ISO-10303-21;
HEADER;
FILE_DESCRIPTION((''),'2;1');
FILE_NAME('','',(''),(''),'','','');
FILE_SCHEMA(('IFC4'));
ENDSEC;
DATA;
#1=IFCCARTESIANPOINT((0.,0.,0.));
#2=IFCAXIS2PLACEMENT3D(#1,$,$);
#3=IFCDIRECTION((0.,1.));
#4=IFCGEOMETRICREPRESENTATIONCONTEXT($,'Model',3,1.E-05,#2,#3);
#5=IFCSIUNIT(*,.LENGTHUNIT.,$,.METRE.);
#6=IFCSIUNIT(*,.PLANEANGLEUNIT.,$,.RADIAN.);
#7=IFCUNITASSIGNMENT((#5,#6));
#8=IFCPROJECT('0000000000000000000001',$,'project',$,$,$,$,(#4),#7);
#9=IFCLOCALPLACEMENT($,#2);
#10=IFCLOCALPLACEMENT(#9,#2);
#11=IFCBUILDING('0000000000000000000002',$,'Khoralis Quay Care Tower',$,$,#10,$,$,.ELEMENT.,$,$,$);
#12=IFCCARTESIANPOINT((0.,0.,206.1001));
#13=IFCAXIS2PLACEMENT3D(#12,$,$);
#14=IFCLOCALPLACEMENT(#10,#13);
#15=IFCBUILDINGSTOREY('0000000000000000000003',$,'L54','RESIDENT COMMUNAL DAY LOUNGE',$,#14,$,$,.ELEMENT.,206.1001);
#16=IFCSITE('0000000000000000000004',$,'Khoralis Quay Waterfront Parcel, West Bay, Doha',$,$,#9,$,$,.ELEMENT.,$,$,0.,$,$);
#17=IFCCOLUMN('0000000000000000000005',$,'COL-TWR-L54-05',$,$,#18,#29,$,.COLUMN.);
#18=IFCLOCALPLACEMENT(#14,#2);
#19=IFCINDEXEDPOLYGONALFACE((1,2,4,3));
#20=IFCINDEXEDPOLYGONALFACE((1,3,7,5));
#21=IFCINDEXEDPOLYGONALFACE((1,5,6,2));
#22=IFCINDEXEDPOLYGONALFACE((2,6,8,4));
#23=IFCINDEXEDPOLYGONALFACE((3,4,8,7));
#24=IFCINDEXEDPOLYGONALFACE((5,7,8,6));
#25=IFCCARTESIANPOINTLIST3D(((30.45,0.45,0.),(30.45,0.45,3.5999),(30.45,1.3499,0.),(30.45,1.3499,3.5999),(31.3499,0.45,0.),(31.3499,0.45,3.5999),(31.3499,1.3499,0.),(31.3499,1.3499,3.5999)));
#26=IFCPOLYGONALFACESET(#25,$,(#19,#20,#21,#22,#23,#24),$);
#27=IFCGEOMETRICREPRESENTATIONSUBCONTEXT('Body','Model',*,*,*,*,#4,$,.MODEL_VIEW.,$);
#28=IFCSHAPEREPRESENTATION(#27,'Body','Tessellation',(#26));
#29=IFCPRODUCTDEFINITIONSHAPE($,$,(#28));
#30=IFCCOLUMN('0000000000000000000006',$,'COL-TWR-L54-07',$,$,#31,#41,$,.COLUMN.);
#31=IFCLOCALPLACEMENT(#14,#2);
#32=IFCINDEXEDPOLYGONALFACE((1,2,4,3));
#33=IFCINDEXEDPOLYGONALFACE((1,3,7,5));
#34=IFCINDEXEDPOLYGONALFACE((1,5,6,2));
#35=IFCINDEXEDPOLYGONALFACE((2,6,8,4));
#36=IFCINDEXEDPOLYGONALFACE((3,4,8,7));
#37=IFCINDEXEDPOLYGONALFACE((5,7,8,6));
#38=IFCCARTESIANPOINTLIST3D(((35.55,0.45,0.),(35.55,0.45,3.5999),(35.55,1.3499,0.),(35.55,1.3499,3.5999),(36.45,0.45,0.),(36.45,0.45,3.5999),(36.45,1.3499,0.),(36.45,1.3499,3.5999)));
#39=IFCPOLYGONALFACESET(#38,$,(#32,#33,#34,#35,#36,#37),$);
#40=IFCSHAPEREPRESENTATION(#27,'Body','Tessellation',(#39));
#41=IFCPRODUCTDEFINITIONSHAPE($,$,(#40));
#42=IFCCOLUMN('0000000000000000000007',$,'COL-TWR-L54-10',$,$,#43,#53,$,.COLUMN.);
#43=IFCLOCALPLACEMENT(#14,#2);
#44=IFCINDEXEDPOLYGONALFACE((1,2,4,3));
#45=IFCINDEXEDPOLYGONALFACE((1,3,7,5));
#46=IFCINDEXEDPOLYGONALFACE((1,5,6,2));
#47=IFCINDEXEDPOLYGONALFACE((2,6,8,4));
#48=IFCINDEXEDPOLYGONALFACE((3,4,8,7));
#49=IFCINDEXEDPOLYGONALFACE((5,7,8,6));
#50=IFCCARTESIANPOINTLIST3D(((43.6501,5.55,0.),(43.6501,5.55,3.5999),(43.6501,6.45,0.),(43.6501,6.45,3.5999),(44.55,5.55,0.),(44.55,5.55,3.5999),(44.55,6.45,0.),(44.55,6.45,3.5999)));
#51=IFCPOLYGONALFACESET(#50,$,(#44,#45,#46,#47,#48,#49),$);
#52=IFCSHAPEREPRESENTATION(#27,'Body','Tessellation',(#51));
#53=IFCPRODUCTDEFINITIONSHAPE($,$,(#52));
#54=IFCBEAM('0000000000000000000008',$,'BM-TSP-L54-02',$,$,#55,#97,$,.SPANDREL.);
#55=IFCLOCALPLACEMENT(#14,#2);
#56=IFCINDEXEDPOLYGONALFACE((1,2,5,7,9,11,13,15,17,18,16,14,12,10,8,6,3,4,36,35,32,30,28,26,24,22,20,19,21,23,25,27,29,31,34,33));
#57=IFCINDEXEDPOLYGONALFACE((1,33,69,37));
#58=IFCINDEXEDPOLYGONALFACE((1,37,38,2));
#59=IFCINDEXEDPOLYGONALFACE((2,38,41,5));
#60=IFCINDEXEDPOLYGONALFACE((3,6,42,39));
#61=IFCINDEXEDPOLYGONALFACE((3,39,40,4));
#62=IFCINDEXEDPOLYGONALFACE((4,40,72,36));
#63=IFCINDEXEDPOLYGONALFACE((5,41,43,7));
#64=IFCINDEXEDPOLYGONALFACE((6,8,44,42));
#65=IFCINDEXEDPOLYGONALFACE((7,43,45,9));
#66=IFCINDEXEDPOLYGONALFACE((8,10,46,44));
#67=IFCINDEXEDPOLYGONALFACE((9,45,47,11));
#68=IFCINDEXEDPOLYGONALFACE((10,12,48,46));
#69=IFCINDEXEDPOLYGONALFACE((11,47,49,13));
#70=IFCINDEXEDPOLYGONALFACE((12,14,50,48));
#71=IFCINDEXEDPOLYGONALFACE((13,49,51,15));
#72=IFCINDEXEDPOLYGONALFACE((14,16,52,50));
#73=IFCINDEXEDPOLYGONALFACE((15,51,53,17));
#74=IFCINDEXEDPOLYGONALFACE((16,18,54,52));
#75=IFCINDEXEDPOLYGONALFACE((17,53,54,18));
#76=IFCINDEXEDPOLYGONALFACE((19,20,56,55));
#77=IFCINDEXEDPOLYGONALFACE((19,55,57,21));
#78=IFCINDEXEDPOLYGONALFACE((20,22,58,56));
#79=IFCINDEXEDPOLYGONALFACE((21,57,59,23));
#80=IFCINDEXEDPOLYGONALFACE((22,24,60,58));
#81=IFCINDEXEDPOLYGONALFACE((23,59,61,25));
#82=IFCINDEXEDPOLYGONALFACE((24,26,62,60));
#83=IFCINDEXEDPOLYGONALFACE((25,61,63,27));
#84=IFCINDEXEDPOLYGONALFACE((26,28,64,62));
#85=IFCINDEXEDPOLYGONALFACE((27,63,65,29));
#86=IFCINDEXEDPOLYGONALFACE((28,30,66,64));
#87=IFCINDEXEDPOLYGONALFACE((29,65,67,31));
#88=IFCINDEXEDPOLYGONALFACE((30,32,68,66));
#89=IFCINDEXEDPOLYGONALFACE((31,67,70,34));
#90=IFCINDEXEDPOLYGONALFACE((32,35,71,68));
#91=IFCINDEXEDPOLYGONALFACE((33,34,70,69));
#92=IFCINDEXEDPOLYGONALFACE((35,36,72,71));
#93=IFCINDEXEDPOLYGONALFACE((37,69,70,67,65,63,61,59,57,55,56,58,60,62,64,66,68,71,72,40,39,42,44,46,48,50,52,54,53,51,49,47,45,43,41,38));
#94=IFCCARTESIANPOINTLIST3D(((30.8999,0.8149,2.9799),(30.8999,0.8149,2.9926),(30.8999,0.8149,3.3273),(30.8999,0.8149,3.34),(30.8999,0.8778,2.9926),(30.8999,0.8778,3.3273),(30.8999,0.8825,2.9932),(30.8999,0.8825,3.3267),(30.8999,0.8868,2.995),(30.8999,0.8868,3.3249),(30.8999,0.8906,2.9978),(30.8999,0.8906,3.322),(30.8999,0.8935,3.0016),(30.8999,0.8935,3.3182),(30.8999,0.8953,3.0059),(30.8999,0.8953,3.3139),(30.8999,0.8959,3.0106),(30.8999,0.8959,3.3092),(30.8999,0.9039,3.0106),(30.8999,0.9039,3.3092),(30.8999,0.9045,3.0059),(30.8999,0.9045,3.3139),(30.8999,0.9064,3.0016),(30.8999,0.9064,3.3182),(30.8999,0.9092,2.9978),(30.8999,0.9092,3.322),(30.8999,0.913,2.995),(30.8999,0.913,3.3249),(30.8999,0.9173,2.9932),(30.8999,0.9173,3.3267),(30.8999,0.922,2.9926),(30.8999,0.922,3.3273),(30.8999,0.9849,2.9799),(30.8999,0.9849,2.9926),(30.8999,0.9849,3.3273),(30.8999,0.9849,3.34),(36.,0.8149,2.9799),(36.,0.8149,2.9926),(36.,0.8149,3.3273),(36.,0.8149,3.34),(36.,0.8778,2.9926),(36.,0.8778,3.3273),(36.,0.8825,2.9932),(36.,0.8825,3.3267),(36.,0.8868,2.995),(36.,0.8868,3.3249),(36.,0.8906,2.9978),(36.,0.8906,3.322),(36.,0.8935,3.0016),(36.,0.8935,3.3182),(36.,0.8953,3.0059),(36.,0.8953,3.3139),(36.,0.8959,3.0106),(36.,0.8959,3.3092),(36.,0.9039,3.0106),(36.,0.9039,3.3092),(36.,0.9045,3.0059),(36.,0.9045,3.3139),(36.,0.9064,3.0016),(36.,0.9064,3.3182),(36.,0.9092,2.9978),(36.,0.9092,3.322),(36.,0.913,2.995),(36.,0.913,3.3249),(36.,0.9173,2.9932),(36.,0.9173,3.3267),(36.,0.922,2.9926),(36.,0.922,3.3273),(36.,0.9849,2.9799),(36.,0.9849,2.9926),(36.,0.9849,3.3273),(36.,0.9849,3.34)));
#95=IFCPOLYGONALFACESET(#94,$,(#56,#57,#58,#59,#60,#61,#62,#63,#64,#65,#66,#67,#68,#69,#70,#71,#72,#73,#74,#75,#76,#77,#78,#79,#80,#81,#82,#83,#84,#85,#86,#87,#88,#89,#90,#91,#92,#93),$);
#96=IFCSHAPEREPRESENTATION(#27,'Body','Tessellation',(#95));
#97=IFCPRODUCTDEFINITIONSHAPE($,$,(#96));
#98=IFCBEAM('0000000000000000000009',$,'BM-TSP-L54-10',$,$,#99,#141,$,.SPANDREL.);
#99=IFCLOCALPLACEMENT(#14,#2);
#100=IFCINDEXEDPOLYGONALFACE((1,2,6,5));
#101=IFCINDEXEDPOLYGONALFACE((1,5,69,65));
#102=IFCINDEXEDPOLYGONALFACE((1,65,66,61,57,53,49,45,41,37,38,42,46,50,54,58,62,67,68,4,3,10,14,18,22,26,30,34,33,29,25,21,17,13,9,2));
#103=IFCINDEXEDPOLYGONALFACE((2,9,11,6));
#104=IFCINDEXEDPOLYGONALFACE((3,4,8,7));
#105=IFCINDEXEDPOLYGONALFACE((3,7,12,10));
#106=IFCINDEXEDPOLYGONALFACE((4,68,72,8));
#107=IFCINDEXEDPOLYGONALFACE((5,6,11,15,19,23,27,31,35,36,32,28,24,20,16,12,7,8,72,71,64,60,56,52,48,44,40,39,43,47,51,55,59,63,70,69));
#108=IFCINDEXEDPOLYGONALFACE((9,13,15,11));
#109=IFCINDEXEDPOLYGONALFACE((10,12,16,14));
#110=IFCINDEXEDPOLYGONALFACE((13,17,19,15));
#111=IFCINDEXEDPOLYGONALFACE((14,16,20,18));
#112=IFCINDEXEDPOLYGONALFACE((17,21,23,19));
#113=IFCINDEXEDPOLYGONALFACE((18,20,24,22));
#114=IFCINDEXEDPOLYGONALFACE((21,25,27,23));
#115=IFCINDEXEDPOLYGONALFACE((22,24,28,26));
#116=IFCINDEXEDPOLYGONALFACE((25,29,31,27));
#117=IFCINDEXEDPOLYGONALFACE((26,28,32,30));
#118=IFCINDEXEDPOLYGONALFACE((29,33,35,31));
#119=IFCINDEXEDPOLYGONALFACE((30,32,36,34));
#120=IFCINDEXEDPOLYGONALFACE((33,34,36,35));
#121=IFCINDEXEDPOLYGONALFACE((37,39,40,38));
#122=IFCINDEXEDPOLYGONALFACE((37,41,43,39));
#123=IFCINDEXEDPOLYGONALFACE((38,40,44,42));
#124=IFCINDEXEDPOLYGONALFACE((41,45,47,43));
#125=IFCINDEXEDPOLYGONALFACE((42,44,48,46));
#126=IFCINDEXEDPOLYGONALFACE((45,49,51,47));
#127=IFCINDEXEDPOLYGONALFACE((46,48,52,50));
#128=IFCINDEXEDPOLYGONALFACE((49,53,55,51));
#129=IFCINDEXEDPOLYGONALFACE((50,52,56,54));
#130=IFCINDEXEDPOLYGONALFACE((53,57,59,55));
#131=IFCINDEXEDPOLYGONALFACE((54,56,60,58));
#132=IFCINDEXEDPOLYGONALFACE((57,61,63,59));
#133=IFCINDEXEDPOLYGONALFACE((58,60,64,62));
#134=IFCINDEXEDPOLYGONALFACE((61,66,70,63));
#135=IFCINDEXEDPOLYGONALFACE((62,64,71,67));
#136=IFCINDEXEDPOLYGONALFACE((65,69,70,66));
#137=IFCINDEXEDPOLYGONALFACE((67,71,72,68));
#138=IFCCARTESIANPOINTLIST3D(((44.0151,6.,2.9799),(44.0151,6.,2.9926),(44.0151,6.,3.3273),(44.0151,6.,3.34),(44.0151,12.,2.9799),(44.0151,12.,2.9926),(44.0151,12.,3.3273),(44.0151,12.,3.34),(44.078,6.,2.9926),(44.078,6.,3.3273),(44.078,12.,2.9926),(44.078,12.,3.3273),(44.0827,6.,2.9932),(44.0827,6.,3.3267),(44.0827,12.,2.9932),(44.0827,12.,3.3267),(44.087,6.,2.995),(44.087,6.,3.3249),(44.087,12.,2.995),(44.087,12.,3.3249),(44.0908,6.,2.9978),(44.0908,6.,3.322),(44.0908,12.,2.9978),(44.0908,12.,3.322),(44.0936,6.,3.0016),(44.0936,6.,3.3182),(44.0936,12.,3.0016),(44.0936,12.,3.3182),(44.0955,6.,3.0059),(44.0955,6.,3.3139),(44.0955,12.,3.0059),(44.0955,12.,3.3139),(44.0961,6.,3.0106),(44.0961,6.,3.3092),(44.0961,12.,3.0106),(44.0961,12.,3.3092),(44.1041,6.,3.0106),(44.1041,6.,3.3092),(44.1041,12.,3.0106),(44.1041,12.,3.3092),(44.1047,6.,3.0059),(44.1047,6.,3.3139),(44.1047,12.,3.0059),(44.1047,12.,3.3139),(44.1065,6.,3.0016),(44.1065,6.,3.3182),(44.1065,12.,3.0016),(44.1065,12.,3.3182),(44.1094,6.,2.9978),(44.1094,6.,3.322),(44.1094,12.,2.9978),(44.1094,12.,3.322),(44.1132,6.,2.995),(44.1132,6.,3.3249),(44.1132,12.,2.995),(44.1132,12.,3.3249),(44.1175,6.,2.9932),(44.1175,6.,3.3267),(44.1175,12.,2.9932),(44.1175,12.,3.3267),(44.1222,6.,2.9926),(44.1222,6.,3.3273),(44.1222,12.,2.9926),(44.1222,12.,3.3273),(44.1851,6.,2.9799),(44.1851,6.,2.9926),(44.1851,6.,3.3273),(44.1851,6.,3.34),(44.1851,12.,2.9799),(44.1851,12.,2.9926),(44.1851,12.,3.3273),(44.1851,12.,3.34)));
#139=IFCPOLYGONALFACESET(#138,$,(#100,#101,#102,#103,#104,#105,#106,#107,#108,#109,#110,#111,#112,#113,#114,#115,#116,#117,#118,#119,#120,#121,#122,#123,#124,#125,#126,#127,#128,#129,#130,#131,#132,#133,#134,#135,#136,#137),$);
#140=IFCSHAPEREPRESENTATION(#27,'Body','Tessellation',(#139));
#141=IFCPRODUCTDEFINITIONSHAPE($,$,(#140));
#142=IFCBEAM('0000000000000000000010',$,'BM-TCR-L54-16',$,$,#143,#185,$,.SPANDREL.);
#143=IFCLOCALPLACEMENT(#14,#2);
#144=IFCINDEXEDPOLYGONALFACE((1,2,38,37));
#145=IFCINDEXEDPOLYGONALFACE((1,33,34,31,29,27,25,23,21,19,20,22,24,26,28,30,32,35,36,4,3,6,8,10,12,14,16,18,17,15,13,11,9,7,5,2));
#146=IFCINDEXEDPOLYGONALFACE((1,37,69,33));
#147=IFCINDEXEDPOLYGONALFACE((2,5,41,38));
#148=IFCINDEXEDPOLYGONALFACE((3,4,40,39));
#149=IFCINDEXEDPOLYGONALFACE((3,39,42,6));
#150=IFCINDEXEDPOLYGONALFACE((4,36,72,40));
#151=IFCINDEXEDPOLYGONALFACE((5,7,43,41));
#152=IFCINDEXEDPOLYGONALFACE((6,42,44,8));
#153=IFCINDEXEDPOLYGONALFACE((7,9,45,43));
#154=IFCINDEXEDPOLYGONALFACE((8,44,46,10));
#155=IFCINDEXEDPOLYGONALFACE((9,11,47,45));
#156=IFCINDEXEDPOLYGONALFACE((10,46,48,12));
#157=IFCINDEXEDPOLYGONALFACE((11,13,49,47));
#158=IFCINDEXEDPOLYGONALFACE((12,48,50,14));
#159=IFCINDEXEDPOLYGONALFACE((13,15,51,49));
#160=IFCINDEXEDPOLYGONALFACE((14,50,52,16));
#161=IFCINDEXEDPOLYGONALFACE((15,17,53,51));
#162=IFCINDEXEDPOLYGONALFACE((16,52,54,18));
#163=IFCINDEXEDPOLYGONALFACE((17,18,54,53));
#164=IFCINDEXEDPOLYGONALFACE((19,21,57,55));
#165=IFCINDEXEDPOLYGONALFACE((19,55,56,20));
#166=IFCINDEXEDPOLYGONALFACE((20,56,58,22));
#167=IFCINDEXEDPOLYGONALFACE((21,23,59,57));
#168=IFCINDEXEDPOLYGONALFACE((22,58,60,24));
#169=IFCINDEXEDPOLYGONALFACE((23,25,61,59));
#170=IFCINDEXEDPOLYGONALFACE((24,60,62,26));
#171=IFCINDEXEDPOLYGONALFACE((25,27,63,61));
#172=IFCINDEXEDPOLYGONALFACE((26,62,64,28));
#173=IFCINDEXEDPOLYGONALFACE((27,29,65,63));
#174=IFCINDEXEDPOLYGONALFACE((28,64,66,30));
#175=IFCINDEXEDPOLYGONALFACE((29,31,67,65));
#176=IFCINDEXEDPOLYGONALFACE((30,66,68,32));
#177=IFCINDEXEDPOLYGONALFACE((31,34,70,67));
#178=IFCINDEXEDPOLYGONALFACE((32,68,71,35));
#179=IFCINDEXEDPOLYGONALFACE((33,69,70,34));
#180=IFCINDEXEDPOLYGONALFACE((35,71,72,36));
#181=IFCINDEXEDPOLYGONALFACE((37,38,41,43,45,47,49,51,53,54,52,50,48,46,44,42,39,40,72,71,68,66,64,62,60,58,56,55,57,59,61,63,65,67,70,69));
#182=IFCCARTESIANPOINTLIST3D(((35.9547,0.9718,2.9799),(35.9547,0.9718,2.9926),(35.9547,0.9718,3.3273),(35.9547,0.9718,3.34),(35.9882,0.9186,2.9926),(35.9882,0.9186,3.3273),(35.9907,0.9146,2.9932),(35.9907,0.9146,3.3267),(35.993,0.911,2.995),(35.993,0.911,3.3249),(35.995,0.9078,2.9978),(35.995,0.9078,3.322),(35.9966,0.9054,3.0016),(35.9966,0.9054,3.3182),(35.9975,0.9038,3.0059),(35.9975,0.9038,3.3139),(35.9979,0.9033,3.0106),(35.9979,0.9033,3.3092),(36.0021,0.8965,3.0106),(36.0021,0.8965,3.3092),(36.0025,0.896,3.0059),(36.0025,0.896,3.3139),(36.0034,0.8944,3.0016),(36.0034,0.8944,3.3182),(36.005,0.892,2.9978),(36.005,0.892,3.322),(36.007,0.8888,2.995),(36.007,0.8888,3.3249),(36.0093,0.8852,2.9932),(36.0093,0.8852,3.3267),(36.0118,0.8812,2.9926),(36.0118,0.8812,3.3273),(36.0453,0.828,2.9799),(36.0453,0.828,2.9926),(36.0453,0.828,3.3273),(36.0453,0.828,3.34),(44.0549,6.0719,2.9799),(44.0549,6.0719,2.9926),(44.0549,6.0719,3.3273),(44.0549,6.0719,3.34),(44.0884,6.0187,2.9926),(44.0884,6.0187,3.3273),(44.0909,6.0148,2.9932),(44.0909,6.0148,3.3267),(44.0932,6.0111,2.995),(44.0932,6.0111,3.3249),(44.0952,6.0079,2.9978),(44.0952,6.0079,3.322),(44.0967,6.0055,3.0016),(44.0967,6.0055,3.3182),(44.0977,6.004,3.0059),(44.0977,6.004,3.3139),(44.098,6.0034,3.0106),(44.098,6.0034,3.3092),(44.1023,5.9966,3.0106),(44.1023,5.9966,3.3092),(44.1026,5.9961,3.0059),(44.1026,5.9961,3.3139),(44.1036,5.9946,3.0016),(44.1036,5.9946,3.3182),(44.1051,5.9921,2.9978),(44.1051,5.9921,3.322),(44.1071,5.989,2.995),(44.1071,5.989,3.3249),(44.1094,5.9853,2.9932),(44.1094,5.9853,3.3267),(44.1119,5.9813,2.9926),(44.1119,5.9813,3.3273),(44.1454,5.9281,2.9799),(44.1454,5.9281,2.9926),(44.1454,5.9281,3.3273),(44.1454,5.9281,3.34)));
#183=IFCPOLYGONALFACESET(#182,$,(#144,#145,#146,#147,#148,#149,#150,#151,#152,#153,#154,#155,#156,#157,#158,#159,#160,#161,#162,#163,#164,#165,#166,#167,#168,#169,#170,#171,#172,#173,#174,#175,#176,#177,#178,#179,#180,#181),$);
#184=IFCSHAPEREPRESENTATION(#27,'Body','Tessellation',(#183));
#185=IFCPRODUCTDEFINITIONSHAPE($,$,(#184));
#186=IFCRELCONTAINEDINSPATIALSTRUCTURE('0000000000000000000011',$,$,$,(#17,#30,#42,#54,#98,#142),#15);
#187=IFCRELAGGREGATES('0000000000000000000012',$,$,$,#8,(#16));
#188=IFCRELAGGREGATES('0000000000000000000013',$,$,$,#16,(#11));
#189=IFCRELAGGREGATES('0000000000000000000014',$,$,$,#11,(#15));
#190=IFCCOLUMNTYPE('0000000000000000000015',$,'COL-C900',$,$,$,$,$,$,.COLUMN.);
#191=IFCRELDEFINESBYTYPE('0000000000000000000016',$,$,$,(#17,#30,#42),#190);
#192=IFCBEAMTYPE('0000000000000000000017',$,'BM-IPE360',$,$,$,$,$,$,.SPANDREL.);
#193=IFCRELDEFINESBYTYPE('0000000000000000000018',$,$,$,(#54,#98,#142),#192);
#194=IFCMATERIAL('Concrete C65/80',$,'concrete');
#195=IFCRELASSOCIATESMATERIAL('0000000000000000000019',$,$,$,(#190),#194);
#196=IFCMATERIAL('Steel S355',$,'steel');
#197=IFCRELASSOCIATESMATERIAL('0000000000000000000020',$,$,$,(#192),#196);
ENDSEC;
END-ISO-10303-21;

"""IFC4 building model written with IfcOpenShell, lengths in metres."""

from ifc_helpers import new_model, si_unit, direction, frame, origin, origin_2d, place, context, subcontext, project, spatial, rectangle, i_section, extrude, source, transform, mapped, material, material_profile, profile_set, type_object, element, save


model = new_model("IFC4")

# Units and contexts
model_context = context("Model", 3, precision=1e-05, world=origin(), true_north=direction((0.0, 1.0)))
body_context = subcontext(model_context, "Body", "Model", "MODEL_VIEW")
ifc_project = project(units=[si_unit("LENGTHUNIT", "METRE"), si_unit("PLANEANGLEUNIT", "RADIAN")], contexts=[model_context])

# Site, building, storey
site_placement = place(None, origin())
site = spatial("IfcSite", under=ifc_project, at=site_placement, Name="Khoralis Quay Waterfront Parcel, West Bay, Doha", CompositionType="ELEMENT", RefElevation=0.0)
building_placement = place(site_placement, origin())
building = spatial("IfcBuilding", under=site, at=building_placement, Name="Khoralis Quay Care Tower", CompositionType="ELEMENT")
storey_placement = place(building_placement, frame((0.0, 0.0, 206.1001)))
storey = spatial("IfcBuildingStorey", under=building, at=storey_placement, Name="L54", Description="RESIDENT COMMUNAL DAY LOUNGE", CompositionType="ELEMENT", Elevation=206.1001)

# Columns
ifc_material_1 = material(Name="Concrete C65/80", Category="concrete")
ifc_material_profile_1 = material_profile(ifc_material_1, rectangle(XDim=0.8999, YDim=0.8999, at=origin_2d()), Name="Concrete C65/80")
ifc_profile_set_1 = profile_set([ifc_material_profile_1], Name="Concrete C65/80")
column_type = type_object("IfcColumnType", Name="COL-C900", PredefinedType="COLUMN", material=ifc_profile_set_1)
shared_shape_1 = source(origin(), body_context, "Body", "SweptSolid", [
    extrude(rectangle(XDim=0.8999, YDim=0.8999, at=origin_2d()), origin(), (0.0, 0.0, 1.0), 3.5999),
])
for number, where, z_axis, x_axis, name in (
    (1, (30.8999, 0.8999, 0.0), (0.0, 0.0, 1.0), (1.0, 0.0, 0.0), "COL-TWR-L54-05"),
    (2, (36.0, 0.8999, 0.0), (0.0, 0.0, 1.0), (1.0, 0.0, 0.0), "COL-TWR-L54-07"),
    (3, (44.1001, 6.0, 0.0), (0.0, 0.0, 1.0), (1.0, 0.0, 0.0), "COL-TWR-L54-10"),
):
    element("IfcColumn", number, at=place(storey_placement, frame(where, z_axis=z_axis, x_axis=x_axis)), inside=storey, type_object=column_type, Name=name, PredefinedType="COLUMN", context=body_context, shape_type="MappedRepresentation", body=[
        mapped(shared_shape_1, transform((0.0, 0.0, 0.0), scale=1.0)),
    ])

# Beams
ifc_material_2 = material(Name="Steel S355", Category="steel")
ifc_material_profile_2 = material_profile(ifc_material_2, i_section(OverallWidth=0.1699, OverallDepth=0.3601, WebThickness=0.0081, FlangeThickness=0.0127, FilletRadius=0.0181, at=origin_2d()), Name="Steel S355")
ifc_profile_set_2 = profile_set([ifc_material_profile_2], Name="Steel S355")
beam_type_1 = type_object("IfcBeamType", Name="BM-IPE360", PredefinedType="SPANDREL", material=ifc_profile_set_2)
shared_shape_2 = source(origin(), body_context, "Body", "SweptSolid", [
    extrude(i_section(OverallWidth=0.1699, OverallDepth=0.3601, WebThickness=0.0081, FlangeThickness=0.0127, FilletRadius=0.0181, at=origin_2d()), origin(), (0.0, 0.0, 1.0), 5.1001),
])
beam_1_placement = place(storey_placement, frame((30.8999, 0.8999, 3.1599), z_axis=(1.0, 0.0, 0.0), x_axis=(0.0, 1.0, 0.0)))
element("IfcBeam", 4, at=beam_1_placement, inside=storey, type_object=beam_type_1, Name="BM-TSP-L54-02", PredefinedType="SPANDREL", context=body_context, shape_type="MappedRepresentation", body=[
    mapped(shared_shape_2, transform((0.0, 0.0, 0.0), scale=1.0)),
])
shared_shape_3 = source(origin(), body_context, "Body", "SweptSolid", [
    extrude(i_section(OverallWidth=0.1699, OverallDepth=0.3601, WebThickness=0.0081, FlangeThickness=0.0127, FilletRadius=0.0181, at=origin_2d()), origin(), (0.0, 0.0, 1.0), 6.0),
])
beam_2_placement = place(storey_placement, frame((44.1001, 6.0, 3.1599), z_axis=(0.0, 1.0, 0.0), x_axis=(-1.0, 0.0, 0.0)))
element("IfcBeam", 5, at=beam_2_placement, inside=storey, type_object=beam_type_1, Name="BM-TSP-L54-10", PredefinedType="SPANDREL", context=body_context, shape_type="MappedRepresentation", body=[
    mapped(shared_shape_3, transform((0.0, 0.0, 0.0), scale=1.0)),
])
shared_shape_4 = source(origin(), body_context, "Body", "SweptSolid", [
    extrude(i_section(OverallWidth=0.1699, OverallDepth=0.3601, WebThickness=0.0081, FlangeThickness=0.0127, FilletRadius=0.0181, at=origin_2d()), origin(), (0.0, 0.0, 1.0), 9.572),
])
beam_3_placement = place(storey_placement, frame((36.0, 0.8999, 3.1599), z_axis=(0.846231, 0.532816, 0.0), x_axis=(-0.532816, 0.846231, 0.0)))
element("IfcBeam", 6, at=beam_3_placement, inside=storey, type_object=beam_type_1, Name="BM-TCR-L54-16", PredefinedType="SPANDREL", context=body_context, shape_type="MappedRepresentation", body=[
    mapped(shared_shape_4, transform((0.0, 0.0, 0.0), scale=1.0)),
])

save(model, "model.ifc")
